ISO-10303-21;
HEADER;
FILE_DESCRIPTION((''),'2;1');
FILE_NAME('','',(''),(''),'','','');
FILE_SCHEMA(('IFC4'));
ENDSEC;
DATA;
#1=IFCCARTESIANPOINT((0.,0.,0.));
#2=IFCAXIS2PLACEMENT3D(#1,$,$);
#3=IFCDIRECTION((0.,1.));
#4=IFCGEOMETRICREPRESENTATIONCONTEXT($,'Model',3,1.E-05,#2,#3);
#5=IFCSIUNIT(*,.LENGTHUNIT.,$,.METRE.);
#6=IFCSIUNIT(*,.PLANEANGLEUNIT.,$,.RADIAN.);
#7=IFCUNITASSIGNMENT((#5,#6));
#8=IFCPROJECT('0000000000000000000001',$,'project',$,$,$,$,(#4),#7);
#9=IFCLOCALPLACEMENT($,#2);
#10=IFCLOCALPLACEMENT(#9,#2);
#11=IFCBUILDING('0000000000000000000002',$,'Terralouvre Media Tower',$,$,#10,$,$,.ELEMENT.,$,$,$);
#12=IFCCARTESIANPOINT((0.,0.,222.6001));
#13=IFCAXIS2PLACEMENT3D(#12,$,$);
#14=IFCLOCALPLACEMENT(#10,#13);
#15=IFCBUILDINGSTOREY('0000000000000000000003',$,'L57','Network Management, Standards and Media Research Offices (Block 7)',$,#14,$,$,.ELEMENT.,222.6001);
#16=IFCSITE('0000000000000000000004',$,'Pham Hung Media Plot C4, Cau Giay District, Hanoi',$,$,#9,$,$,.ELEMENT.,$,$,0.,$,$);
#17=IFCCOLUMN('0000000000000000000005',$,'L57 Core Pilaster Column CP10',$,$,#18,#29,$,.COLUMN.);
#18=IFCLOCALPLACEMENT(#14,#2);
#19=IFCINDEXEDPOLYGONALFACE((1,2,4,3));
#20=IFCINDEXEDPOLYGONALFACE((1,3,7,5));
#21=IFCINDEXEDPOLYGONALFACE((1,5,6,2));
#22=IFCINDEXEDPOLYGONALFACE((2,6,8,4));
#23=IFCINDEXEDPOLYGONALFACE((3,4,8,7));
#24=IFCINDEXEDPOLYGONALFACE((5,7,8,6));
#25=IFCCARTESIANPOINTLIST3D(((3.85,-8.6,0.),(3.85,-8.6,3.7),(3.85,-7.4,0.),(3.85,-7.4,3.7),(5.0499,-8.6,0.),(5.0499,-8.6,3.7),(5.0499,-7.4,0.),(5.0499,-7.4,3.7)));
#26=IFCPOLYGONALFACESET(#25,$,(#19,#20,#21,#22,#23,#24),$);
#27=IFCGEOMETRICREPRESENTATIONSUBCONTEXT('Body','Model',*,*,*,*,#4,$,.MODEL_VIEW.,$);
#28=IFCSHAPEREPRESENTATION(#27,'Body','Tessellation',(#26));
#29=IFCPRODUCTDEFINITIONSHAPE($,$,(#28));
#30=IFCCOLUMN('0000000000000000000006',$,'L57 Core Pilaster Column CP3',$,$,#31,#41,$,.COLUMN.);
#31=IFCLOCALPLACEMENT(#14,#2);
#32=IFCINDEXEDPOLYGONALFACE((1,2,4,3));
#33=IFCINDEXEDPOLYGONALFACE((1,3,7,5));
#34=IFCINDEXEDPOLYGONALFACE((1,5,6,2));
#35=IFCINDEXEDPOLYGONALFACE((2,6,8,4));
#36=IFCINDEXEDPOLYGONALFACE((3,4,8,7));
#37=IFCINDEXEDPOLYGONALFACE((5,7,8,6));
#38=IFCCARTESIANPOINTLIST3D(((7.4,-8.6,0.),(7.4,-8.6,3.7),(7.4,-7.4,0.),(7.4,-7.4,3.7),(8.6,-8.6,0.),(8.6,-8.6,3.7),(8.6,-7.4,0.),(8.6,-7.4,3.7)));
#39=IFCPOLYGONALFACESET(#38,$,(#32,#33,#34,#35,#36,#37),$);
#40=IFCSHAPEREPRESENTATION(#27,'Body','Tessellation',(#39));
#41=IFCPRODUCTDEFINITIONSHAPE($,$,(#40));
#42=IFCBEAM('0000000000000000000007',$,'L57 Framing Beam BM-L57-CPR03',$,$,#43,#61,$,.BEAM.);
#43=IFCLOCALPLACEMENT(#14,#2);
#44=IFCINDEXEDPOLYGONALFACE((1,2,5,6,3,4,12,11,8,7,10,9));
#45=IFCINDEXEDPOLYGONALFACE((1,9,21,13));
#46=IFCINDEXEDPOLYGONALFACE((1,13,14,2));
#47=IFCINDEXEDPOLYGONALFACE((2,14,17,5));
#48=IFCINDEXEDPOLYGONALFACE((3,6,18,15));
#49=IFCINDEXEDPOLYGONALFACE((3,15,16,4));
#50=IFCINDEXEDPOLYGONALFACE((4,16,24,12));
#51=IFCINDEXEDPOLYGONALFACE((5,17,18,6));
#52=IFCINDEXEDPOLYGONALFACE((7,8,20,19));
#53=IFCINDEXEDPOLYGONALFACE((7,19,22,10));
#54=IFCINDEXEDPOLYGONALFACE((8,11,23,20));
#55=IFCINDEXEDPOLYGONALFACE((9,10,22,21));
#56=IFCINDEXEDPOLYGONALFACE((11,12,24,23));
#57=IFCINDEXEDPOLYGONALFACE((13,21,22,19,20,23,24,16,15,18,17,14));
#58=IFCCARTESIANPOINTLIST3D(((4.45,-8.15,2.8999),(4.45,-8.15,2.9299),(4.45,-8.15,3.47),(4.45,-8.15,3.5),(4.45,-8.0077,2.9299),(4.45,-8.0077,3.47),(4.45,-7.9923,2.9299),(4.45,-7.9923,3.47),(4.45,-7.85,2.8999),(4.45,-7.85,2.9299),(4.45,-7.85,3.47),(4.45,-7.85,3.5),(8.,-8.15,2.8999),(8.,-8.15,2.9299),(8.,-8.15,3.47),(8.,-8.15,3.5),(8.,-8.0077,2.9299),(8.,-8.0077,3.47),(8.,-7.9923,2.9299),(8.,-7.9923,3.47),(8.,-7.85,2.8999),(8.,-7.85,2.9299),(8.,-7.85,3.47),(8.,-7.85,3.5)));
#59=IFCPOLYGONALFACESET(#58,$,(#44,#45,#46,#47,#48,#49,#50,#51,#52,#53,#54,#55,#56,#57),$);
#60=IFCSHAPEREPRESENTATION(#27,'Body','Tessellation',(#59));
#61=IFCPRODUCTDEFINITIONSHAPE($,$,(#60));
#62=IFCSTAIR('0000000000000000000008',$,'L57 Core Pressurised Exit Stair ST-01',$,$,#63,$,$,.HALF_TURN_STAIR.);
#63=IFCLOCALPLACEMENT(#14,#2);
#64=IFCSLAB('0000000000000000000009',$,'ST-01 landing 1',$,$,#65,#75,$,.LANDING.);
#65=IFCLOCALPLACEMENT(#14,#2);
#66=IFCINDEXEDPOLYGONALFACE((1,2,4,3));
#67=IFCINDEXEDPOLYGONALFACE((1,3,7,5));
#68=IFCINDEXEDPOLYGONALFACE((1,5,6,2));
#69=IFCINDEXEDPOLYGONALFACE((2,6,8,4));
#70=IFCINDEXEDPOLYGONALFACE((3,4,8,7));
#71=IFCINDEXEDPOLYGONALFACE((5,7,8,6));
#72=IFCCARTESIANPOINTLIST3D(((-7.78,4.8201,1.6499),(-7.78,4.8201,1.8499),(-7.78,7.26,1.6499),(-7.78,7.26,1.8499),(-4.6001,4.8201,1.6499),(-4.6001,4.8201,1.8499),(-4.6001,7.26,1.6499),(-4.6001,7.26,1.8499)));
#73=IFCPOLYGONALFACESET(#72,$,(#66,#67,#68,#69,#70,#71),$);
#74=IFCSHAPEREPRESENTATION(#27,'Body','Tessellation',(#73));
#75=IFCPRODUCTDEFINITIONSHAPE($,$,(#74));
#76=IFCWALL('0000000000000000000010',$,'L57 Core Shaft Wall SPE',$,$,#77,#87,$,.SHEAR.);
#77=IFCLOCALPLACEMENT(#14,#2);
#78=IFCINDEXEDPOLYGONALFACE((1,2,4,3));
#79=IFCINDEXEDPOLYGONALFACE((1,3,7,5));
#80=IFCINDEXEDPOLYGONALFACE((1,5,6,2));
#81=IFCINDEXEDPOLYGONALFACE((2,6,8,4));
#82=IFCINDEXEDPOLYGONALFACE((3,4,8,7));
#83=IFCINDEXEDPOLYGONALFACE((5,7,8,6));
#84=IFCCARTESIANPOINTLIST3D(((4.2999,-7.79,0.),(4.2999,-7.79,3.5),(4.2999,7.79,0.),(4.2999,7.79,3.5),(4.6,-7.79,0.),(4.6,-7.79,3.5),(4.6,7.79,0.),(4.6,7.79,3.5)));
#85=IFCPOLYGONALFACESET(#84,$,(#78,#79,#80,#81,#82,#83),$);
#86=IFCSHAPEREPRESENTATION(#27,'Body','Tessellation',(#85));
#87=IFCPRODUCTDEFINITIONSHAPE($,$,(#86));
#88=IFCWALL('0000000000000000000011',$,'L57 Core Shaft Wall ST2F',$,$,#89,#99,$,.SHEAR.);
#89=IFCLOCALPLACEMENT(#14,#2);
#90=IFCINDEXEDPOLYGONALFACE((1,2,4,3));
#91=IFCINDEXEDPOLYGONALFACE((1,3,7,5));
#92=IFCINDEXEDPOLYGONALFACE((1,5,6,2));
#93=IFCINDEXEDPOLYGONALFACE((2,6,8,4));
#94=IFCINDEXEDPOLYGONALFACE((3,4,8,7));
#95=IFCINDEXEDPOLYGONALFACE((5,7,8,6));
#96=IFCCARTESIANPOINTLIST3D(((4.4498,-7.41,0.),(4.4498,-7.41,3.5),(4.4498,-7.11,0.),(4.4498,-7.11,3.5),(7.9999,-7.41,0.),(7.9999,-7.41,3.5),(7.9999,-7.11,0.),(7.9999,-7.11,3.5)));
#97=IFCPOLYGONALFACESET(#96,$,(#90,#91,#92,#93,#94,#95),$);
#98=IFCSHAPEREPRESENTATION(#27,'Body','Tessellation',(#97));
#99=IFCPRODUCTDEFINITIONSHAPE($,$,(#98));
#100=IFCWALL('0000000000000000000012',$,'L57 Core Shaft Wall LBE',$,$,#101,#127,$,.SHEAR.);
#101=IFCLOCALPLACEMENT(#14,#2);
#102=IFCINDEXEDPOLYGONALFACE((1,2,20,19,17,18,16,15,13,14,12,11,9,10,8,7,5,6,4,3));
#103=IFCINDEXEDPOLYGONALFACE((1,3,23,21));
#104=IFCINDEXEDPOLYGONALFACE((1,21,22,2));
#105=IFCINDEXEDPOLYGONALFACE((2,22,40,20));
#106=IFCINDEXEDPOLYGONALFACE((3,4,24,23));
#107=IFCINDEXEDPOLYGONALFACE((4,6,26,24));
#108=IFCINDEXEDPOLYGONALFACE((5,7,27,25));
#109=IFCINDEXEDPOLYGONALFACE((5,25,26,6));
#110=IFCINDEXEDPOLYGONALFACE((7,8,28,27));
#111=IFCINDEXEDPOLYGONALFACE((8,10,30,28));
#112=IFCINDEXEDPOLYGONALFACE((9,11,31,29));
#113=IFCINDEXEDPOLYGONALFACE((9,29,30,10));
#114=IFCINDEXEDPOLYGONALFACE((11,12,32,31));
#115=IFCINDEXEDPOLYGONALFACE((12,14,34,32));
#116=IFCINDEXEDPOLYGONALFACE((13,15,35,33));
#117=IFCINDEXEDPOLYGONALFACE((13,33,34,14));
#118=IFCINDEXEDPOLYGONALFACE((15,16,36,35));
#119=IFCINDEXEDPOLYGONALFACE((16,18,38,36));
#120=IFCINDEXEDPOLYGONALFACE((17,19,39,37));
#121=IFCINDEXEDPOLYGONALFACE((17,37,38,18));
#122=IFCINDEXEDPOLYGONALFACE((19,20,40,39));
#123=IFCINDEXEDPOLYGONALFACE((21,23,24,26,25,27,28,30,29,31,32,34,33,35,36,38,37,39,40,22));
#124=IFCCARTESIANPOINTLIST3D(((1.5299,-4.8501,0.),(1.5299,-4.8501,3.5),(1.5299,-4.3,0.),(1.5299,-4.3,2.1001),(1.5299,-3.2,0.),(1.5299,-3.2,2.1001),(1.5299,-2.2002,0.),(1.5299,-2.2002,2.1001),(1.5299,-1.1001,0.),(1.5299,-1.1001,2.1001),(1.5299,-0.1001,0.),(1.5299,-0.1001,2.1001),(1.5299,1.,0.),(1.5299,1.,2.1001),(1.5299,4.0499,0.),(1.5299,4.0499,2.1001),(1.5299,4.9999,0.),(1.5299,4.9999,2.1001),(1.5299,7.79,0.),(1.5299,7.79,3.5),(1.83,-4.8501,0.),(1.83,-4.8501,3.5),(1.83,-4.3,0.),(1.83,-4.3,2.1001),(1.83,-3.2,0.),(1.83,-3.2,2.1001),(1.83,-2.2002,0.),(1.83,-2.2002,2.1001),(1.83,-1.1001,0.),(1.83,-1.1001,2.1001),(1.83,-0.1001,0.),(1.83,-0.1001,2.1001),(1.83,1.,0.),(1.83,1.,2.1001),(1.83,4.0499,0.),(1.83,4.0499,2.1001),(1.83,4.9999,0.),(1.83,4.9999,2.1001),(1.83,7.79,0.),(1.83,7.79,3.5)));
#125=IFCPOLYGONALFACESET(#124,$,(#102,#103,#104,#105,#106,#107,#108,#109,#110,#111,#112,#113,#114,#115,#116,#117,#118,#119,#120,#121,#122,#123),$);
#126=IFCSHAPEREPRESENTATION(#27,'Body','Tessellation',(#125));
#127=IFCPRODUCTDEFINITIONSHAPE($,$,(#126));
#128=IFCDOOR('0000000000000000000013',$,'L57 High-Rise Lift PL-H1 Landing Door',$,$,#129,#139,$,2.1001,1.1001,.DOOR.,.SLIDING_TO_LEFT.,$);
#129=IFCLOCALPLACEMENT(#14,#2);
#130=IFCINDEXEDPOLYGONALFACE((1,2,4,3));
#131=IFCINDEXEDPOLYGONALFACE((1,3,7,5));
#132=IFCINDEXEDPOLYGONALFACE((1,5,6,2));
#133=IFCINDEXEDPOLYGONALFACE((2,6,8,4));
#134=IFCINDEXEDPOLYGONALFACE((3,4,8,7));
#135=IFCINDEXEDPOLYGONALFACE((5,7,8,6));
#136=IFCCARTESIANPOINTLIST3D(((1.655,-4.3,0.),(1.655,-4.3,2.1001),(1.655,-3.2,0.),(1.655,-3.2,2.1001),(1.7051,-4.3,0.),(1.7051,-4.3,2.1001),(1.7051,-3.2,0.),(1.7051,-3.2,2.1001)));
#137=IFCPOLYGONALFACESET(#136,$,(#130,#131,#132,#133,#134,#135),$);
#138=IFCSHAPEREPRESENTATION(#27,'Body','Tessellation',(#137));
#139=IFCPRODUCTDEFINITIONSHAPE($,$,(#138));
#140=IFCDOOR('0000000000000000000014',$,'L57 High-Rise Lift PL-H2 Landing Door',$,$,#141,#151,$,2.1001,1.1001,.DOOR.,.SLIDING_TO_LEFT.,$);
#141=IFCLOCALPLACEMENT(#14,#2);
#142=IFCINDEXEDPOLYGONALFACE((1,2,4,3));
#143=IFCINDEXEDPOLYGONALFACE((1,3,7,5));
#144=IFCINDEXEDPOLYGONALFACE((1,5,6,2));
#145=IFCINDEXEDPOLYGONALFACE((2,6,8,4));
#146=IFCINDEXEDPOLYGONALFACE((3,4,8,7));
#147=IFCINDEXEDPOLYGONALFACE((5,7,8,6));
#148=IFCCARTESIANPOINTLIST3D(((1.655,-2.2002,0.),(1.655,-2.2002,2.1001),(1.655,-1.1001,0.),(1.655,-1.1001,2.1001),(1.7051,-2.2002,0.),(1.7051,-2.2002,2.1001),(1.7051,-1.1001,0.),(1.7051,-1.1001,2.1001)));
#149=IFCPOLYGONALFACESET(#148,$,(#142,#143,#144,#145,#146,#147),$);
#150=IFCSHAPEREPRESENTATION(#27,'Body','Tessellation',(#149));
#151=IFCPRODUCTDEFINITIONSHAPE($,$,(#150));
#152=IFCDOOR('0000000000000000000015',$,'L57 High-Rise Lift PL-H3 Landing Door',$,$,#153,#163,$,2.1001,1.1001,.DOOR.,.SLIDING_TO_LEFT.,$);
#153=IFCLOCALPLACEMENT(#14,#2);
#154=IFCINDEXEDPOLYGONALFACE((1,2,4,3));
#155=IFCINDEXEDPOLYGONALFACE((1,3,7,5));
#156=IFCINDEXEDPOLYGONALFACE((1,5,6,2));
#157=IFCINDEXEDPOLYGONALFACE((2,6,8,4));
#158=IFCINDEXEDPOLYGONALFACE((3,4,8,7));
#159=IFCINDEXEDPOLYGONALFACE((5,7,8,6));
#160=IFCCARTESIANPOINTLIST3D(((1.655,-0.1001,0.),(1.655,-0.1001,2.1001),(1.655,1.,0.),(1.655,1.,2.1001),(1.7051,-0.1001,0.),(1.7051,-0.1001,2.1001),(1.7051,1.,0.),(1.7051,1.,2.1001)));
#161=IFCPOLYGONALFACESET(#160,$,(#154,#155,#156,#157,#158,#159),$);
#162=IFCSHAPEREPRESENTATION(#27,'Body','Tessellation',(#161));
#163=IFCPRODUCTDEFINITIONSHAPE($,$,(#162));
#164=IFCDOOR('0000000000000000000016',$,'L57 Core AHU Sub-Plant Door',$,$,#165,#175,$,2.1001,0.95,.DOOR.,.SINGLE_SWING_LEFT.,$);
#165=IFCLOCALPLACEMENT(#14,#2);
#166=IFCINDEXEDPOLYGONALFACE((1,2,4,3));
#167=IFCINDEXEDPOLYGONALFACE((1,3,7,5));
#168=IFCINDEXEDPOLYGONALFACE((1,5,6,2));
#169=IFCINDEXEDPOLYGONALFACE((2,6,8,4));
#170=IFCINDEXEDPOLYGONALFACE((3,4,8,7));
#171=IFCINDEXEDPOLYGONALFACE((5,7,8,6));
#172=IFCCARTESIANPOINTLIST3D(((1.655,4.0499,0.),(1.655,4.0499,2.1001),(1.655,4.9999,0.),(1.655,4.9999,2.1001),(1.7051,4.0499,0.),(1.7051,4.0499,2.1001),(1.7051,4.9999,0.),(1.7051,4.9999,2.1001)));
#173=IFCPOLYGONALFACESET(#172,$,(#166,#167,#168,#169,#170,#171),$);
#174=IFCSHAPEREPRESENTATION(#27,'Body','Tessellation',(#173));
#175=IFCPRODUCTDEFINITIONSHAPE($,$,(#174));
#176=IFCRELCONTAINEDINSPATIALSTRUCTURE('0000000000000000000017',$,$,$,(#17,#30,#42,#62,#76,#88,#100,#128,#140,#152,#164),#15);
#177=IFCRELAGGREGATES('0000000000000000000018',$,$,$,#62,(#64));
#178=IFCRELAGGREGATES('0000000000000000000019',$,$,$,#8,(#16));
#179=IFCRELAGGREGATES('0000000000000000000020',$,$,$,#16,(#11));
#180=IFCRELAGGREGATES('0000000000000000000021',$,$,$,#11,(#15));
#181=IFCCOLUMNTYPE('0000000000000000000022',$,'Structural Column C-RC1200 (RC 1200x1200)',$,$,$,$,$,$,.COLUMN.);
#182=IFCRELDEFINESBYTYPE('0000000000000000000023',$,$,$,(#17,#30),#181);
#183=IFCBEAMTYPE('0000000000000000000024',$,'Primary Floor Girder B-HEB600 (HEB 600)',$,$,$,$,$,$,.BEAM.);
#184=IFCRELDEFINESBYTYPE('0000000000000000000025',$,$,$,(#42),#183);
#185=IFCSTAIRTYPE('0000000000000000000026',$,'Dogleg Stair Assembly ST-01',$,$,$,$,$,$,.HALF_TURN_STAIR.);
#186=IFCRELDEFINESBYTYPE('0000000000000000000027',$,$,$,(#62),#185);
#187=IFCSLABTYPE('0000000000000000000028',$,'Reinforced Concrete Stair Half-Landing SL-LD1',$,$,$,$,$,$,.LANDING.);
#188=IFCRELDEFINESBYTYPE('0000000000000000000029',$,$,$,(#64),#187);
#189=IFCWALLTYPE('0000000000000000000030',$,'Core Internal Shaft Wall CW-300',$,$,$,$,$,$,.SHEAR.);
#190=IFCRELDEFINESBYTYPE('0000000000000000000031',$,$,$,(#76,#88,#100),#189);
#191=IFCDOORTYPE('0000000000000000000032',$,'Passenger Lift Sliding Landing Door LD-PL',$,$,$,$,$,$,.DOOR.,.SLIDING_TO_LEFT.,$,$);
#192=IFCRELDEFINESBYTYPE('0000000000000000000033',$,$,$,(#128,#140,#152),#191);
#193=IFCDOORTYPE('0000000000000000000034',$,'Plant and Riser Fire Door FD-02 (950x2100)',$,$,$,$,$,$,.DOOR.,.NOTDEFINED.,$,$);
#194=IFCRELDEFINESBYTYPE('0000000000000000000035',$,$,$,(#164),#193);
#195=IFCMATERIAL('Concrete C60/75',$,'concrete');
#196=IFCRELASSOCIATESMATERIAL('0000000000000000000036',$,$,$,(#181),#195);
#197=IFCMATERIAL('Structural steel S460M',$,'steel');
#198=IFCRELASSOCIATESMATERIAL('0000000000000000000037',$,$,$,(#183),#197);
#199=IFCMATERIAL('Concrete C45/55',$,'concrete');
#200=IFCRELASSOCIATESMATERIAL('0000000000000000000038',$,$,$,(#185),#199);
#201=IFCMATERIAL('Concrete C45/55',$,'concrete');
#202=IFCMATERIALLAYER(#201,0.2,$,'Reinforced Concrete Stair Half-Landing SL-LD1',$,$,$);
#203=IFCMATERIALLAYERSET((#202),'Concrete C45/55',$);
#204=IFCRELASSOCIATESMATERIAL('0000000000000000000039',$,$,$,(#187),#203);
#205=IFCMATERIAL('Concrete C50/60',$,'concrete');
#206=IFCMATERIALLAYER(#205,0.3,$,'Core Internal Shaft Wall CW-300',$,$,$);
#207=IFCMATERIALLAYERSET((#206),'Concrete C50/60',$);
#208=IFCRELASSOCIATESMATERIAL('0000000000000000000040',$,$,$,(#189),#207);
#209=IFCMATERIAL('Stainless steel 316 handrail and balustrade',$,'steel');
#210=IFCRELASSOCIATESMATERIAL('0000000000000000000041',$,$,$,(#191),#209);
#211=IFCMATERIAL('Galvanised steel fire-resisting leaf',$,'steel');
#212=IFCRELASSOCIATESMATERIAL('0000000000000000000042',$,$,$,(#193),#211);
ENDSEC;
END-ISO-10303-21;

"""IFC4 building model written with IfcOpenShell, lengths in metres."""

from ifc_helpers import new_model, si_unit, direction, frame, frame_2d, origin, origin_2d, place, context, subcontext, project, spatial, polyline, rectangle, i_section, outline, extrude, material, layer, layer_set, material_profile, profile_set, type_object, element, fill, aggregate, save


model = new_model("IFC4")

# Units and contexts
model_context = context("Model", 3, precision=1e-05, world=origin(), true_north=direction((0.0, 1.0)))
body_context = subcontext(model_context, "Body", "Model", "MODEL_VIEW")
ifc_project = project(units=[si_unit("LENGTHUNIT", "METRE"), si_unit("PLANEANGLEUNIT", "RADIAN")], contexts=[model_context])

# Site, building, storey
site_placement = place(None, origin())
site = spatial("IfcSite", under=ifc_project, at=site_placement, Name="Pham Hung Media Plot C4, Cau Giay District, Hanoi", CompositionType="ELEMENT", RefElevation=0.0)
building_placement = place(site_placement, origin())
building = spatial("IfcBuilding", under=site, at=building_placement, Name="Terralouvre Media Tower", CompositionType="ELEMENT")
storey_placement = place(building_placement, frame((0.0, 0.0, 222.6001)))
storey = spatial("IfcBuildingStorey", under=building, at=storey_placement, Name="L57", Description="Network Management, Standards and Media Research Offices (Block 7)", CompositionType="ELEMENT", Elevation=222.6001)

# Columns
ifc_material_1 = material(Name="Concrete C60/75", Category="concrete")
ifc_material_profile_1 = material_profile(ifc_material_1, rectangle(XDim=1.2, YDim=1.2, at=origin_2d()), Name="RC 1200x1200")
ifc_profile_set_1 = profile_set([ifc_material_profile_1], Name="Concrete C60/75")
column_type = type_object("IfcColumnType", Name="Structural Column C-RC1200 (RC 1200x1200)", PredefinedType="COLUMN", material=ifc_profile_set_1)
for number, where, z_axis, x_axis, name in (
    (1, (4.45, -8.0, 0.0), (0.0, 0.0, 1.0), (1.0, 0.0, 0.0), "L57 Core Pilaster Column CP10"),
    (2, (8.0, -8.0, 0.0), (0.0, 0.0, 1.0), (1.0, 0.0, 0.0), "L57 Core Pilaster Column CP3"),
):
    element("IfcColumn", number, at=place(storey_placement, frame(where, z_axis=z_axis, x_axis=x_axis)), inside=storey, type_object=column_type, Name=name, PredefinedType="COLUMN", context=body_context, shape_type="SweptSolid", body=[
        extrude(rectangle(XDim=1.2, YDim=1.2, at=origin_2d()), origin(), (0.0, 0.0, 1.0), 3.7),
    ])

# Beam
ifc_material_2 = material(Name="Structural steel S460M", Category="steel")
ifc_material_profile_2 = material_profile(ifc_material_2, i_section(OverallWidth=0.3, OverallDepth=0.6001, WebThickness=0.0154, FlangeThickness=0.03, at=origin_2d()), Name="HEB 600")
ifc_profile_set_2 = profile_set([ifc_material_profile_2], Name="Structural steel S460M")
beam_type = type_object("IfcBeamType", Name="Primary Floor Girder B-HEB600 (HEB 600)", PredefinedType="BEAM", material=ifc_profile_set_2)
beam_placement = place(storey_placement, frame((4.45, -8.0, 3.2), z_axis=(1.0, 0.0, 0.0), x_axis=(0.0, 1.0, 0.0)))
element("IfcBeam", 3, at=beam_placement, inside=storey, type_object=beam_type, Name="L57 Framing Beam BM-L57-CPR03", PredefinedType="BEAM", context=body_context, shape_type="SweptSolid", body=[
    extrude(i_section(OverallWidth=0.3, OverallDepth=0.6001, WebThickness=0.0154, FlangeThickness=0.03, at=origin_2d()), origin(), (0.0, 0.0, 1.0), 3.55),
])

# Stair, slab
ifc_material_3 = material(Name="Concrete C45/55", Category="concrete")
stair_type_1 = type_object("IfcStairType", Name="Dogleg Stair Assembly ST-01", PredefinedType="HALF_TURN_STAIR", material=ifc_material_3)
stair_1_placement = place(storey_placement, origin())
stair_1 = element("IfcStair", 4, at=stair_1_placement, inside=storey, type_object=stair_type_1, Name="L57 Core Pressurised Exit Stair ST-01", PredefinedType="HALF_TURN_STAIR")
ifc_material_4 = material(Name="Concrete C45/55", Category="concrete")
ifc_layer_1 = layer(ifc_material_4, 0.2, Name="Reinforced Concrete Stair Half-Landing SL-LD1")
ifc_layer_set_1 = layer_set([ifc_layer_1], Name="Concrete C45/55")
slab_type = type_object("IfcSlabType", Name="Reinforced Concrete Stair Half-Landing SL-LD1", PredefinedType="LANDING", material=ifc_layer_set_1)
slab_placement = place(storey_placement, frame((0.0, 0.0, 1.6499)))
slab = element("IfcSlab", 5, at=slab_placement, type_object=slab_type, Name="ST-01 landing 1", PredefinedType="LANDING", context=body_context, shape_type="SweptSolid", body=[
    extrude(outline(polyline([(-4.6001, 4.8201), (-4.6001, 7.26), (-7.78, 7.26), (-7.78, 4.8201), (-4.6001, 4.8201)])), origin(), (0.0, 0.0, 1.0), 0.2),
])
aggregate(stair_1, [slab])

# Wall
ifc_material_5 = material(Name="Concrete C50/60", Category="concrete")
ifc_layer_2 = layer(ifc_material_5, 0.3, Name="Core Internal Shaft Wall CW-300")
ifc_layer_set_2 = layer_set([ifc_layer_2], Name="Concrete C50/60")
wall_type = type_object("IfcWallType", Name="Core Internal Shaft Wall CW-300", PredefinedType="SHEAR", material=ifc_layer_set_2)
wall_1_placement = place(storey_placement, frame((4.45, -7.79, 0.0), z_axis=(0.0, 0.0, 1.0), x_axis=(0.0, 1.0, 0.0)))
element("IfcWall", 6, at=wall_1_placement, inside=storey, type_object=wall_type, Name="L57 Core Shaft Wall SPE", PredefinedType="SHEAR", context=body_context, shape_type="SweptSolid", body=[
    extrude(rectangle(XDim=15.5801, YDim=0.3, at=frame_2d((7.79, 0.0))), origin(), (0.0, 0.0, 1.0), 3.5),
])

# Wall
wall_2_placement = place(storey_placement, frame((4.45, -7.26, 0.0), z_axis=(0.0, 0.0, 1.0), x_axis=(1.0, 0.0, 0.0)))
element("IfcWall", 7, at=wall_2_placement, inside=storey, type_object=wall_type, Name="L57 Core Shaft Wall ST2F", PredefinedType="SHEAR", context=body_context, shape_type="SweptSolid", body=[
    extrude(rectangle(XDim=3.55, YDim=0.3, at=frame_2d((1.7749, 0.0))), origin(), (0.0, 0.0, 1.0), 3.5),
])

# Wall, openings, doors
wall_3_placement = place(storey_placement, frame((1.6799, -4.8501, 0.0), z_axis=(0.0, 0.0, 1.0), x_axis=(0.0, 1.0, 0.0)))
wall_3 = element("IfcWall", 8, at=wall_3_placement, inside=storey, type_object=wall_type, Name="L57 Core Shaft Wall LBE", PredefinedType="SHEAR", context=body_context, shape_type="SweptSolid", body=[
    extrude(rectangle(XDim=12.6401, YDim=0.3, at=frame_2d((6.3201, 0.0))), origin(), (0.0, 0.0, 1.0), 3.5),
])
opening_1_placement = place(wall_3_placement, frame((0.55, 0.0, 0.0)))
opening_1 = element("IfcOpeningElement", 9, at=opening_1_placement, cuts=wall_3, PredefinedType="OPENING", context=body_context, shape_type="SweptSolid", body=[
    extrude(rectangle(XDim=1.1001, YDim=2.1001, at=frame_2d((0.55, 1.05))), frame((0.0, 0.1599, 0.0), z_axis=(0.0, -1.0, 0.0), x_axis=(1.0, 0.0, 0.0)), (0.0, 0.0, 1.0), 0.3201),
])
opening_2_placement = place(wall_3_placement, frame((2.6499, 0.0, 0.0)))
opening_2 = element("IfcOpeningElement", 10, at=opening_2_placement, cuts=wall_3, PredefinedType="OPENING", context=body_context, shape_type="SweptSolid", body=[
    extrude(rectangle(XDim=1.1001, YDim=2.1001, at=frame_2d((0.55, 1.05))), frame((0.0, 0.1599, 0.0), z_axis=(0.0, -1.0, 0.0), x_axis=(1.0, 0.0, 0.0)), (0.0, 0.0, 1.0), 0.3201),
])
opening_3_placement = place(wall_3_placement, frame((4.75, 0.0, 0.0)))
opening_3 = element("IfcOpeningElement", 11, at=opening_3_placement, cuts=wall_3, PredefinedType="OPENING", context=body_context, shape_type="SweptSolid", body=[
    extrude(rectangle(XDim=1.1001, YDim=2.1001, at=frame_2d((0.55, 1.05))), frame((0.0, 0.1599, 0.0), z_axis=(0.0, -1.0, 0.0), x_axis=(1.0, 0.0, 0.0)), (0.0, 0.0, 1.0), 0.3201),
])
opening_4_placement = place(wall_3_placement, frame((8.8999, 0.0, 0.0)))
opening_4 = element("IfcOpeningElement", 12, at=opening_4_placement, cuts=wall_3, PredefinedType="OPENING", context=body_context, shape_type="SweptSolid", body=[
    extrude(rectangle(XDim=0.95, YDim=2.1001, at=frame_2d((0.4751, 1.05))), frame((0.0, 0.1599, 0.0), z_axis=(0.0, -1.0, 0.0), x_axis=(1.0, 0.0, 0.0)), (0.0, 0.0, 1.0), 0.3201),
])
ifc_material_6 = material(Name="Stainless steel 316 handrail and balustrade", Category="steel")
door_type_1 = type_object("IfcDoorType", Name="Passenger Lift Sliding Landing Door LD-PL", OperationType="SLIDING_TO_LEFT", PredefinedType="DOOR", material=ifc_material_6)
door_1_placement = place(opening_1_placement, origin())
door_1 = element("IfcDoor", 13, at=door_1_placement, inside=storey, type_object=door_type_1, Name="L57 High-Rise Lift PL-H1 Landing Door", OperationType="SLIDING_TO_LEFT", OverallHeight=2.1001, OverallWidth=1.1001, PredefinedType="DOOR", context=body_context, shape_type="SweptSolid", body=[
    extrude(rectangle(XDim=1.1001, YDim=2.1001, at=frame_2d((0.55, 1.05))), frame((0.0, 0.0249, 0.0), z_axis=(0.0, -1.0, 0.0), x_axis=(1.0, 0.0, 0.0)), (0.0, 0.0, 1.0), 0.05),
])
fill(opening_1, door_1)
door_2_placement = place(opening_2_placement, origin())
door_2 = element("IfcDoor", 14, at=door_2_placement, inside=storey, type_object=door_type_1, Name="L57 High-Rise Lift PL-H2 Landing Door", OperationType="SLIDING_TO_LEFT", OverallHeight=2.1001, OverallWidth=1.1001, PredefinedType="DOOR", context=body_context, shape_type="SweptSolid", body=[
    extrude(rectangle(XDim=1.1001, YDim=2.1001, at=frame_2d((0.55, 1.05))), frame((0.0, 0.0249, 0.0), z_axis=(0.0, -1.0, 0.0), x_axis=(1.0, 0.0, 0.0)), (0.0, 0.0, 1.0), 0.05),
])
fill(opening_2, door_2)
door_3_placement = place(opening_3_placement, origin())
door_3 = element("IfcDoor", 15, at=door_3_placement, inside=storey, type_object=door_type_1, Name="L57 High-Rise Lift PL-H3 Landing Door", OperationType="SLIDING_TO_LEFT", OverallHeight=2.1001, OverallWidth=1.1001, PredefinedType="DOOR", context=body_context, shape_type="SweptSolid", body=[
    extrude(rectangle(XDim=1.1001, YDim=2.1001, at=frame_2d((0.55, 1.05))), frame((0.0, 0.0249, 0.0), z_axis=(0.0, -1.0, 0.0), x_axis=(1.0, 0.0, 0.0)), (0.0, 0.0, 1.0), 0.05),
])
fill(opening_3, door_3)
ifc_material_7 = material(Name="Galvanised steel fire-resisting leaf", Category="steel")
door_type_2 = type_object("IfcDoorType", Name="Plant and Riser Fire Door FD-02 (950x2100)", OperationType="NOTDEFINED", PredefinedType="DOOR", material=ifc_material_7)
door_4_placement = place(opening_4_placement, origin())
door_4 = element("IfcDoor", 16, at=door_4_placement, inside=storey, type_object=door_type_2, Name="L57 Core AHU Sub-Plant Door", OperationType="SINGLE_SWING_LEFT", OverallHeight=2.1001, OverallWidth=0.95, PredefinedType="DOOR", context=body_context, shape_type="SweptSolid", body=[
    extrude(rectangle(XDim=0.95, YDim=2.1001, at=frame_2d((0.4751, 1.05))), frame((0.0, 0.0249, 0.0), z_axis=(0.0, -1.0, 0.0), x_axis=(1.0, 0.0, 0.0)), (0.0, 0.0, 1.0), 0.05),
])
fill(opening_4, door_4)

save(model, "model.ifc")
